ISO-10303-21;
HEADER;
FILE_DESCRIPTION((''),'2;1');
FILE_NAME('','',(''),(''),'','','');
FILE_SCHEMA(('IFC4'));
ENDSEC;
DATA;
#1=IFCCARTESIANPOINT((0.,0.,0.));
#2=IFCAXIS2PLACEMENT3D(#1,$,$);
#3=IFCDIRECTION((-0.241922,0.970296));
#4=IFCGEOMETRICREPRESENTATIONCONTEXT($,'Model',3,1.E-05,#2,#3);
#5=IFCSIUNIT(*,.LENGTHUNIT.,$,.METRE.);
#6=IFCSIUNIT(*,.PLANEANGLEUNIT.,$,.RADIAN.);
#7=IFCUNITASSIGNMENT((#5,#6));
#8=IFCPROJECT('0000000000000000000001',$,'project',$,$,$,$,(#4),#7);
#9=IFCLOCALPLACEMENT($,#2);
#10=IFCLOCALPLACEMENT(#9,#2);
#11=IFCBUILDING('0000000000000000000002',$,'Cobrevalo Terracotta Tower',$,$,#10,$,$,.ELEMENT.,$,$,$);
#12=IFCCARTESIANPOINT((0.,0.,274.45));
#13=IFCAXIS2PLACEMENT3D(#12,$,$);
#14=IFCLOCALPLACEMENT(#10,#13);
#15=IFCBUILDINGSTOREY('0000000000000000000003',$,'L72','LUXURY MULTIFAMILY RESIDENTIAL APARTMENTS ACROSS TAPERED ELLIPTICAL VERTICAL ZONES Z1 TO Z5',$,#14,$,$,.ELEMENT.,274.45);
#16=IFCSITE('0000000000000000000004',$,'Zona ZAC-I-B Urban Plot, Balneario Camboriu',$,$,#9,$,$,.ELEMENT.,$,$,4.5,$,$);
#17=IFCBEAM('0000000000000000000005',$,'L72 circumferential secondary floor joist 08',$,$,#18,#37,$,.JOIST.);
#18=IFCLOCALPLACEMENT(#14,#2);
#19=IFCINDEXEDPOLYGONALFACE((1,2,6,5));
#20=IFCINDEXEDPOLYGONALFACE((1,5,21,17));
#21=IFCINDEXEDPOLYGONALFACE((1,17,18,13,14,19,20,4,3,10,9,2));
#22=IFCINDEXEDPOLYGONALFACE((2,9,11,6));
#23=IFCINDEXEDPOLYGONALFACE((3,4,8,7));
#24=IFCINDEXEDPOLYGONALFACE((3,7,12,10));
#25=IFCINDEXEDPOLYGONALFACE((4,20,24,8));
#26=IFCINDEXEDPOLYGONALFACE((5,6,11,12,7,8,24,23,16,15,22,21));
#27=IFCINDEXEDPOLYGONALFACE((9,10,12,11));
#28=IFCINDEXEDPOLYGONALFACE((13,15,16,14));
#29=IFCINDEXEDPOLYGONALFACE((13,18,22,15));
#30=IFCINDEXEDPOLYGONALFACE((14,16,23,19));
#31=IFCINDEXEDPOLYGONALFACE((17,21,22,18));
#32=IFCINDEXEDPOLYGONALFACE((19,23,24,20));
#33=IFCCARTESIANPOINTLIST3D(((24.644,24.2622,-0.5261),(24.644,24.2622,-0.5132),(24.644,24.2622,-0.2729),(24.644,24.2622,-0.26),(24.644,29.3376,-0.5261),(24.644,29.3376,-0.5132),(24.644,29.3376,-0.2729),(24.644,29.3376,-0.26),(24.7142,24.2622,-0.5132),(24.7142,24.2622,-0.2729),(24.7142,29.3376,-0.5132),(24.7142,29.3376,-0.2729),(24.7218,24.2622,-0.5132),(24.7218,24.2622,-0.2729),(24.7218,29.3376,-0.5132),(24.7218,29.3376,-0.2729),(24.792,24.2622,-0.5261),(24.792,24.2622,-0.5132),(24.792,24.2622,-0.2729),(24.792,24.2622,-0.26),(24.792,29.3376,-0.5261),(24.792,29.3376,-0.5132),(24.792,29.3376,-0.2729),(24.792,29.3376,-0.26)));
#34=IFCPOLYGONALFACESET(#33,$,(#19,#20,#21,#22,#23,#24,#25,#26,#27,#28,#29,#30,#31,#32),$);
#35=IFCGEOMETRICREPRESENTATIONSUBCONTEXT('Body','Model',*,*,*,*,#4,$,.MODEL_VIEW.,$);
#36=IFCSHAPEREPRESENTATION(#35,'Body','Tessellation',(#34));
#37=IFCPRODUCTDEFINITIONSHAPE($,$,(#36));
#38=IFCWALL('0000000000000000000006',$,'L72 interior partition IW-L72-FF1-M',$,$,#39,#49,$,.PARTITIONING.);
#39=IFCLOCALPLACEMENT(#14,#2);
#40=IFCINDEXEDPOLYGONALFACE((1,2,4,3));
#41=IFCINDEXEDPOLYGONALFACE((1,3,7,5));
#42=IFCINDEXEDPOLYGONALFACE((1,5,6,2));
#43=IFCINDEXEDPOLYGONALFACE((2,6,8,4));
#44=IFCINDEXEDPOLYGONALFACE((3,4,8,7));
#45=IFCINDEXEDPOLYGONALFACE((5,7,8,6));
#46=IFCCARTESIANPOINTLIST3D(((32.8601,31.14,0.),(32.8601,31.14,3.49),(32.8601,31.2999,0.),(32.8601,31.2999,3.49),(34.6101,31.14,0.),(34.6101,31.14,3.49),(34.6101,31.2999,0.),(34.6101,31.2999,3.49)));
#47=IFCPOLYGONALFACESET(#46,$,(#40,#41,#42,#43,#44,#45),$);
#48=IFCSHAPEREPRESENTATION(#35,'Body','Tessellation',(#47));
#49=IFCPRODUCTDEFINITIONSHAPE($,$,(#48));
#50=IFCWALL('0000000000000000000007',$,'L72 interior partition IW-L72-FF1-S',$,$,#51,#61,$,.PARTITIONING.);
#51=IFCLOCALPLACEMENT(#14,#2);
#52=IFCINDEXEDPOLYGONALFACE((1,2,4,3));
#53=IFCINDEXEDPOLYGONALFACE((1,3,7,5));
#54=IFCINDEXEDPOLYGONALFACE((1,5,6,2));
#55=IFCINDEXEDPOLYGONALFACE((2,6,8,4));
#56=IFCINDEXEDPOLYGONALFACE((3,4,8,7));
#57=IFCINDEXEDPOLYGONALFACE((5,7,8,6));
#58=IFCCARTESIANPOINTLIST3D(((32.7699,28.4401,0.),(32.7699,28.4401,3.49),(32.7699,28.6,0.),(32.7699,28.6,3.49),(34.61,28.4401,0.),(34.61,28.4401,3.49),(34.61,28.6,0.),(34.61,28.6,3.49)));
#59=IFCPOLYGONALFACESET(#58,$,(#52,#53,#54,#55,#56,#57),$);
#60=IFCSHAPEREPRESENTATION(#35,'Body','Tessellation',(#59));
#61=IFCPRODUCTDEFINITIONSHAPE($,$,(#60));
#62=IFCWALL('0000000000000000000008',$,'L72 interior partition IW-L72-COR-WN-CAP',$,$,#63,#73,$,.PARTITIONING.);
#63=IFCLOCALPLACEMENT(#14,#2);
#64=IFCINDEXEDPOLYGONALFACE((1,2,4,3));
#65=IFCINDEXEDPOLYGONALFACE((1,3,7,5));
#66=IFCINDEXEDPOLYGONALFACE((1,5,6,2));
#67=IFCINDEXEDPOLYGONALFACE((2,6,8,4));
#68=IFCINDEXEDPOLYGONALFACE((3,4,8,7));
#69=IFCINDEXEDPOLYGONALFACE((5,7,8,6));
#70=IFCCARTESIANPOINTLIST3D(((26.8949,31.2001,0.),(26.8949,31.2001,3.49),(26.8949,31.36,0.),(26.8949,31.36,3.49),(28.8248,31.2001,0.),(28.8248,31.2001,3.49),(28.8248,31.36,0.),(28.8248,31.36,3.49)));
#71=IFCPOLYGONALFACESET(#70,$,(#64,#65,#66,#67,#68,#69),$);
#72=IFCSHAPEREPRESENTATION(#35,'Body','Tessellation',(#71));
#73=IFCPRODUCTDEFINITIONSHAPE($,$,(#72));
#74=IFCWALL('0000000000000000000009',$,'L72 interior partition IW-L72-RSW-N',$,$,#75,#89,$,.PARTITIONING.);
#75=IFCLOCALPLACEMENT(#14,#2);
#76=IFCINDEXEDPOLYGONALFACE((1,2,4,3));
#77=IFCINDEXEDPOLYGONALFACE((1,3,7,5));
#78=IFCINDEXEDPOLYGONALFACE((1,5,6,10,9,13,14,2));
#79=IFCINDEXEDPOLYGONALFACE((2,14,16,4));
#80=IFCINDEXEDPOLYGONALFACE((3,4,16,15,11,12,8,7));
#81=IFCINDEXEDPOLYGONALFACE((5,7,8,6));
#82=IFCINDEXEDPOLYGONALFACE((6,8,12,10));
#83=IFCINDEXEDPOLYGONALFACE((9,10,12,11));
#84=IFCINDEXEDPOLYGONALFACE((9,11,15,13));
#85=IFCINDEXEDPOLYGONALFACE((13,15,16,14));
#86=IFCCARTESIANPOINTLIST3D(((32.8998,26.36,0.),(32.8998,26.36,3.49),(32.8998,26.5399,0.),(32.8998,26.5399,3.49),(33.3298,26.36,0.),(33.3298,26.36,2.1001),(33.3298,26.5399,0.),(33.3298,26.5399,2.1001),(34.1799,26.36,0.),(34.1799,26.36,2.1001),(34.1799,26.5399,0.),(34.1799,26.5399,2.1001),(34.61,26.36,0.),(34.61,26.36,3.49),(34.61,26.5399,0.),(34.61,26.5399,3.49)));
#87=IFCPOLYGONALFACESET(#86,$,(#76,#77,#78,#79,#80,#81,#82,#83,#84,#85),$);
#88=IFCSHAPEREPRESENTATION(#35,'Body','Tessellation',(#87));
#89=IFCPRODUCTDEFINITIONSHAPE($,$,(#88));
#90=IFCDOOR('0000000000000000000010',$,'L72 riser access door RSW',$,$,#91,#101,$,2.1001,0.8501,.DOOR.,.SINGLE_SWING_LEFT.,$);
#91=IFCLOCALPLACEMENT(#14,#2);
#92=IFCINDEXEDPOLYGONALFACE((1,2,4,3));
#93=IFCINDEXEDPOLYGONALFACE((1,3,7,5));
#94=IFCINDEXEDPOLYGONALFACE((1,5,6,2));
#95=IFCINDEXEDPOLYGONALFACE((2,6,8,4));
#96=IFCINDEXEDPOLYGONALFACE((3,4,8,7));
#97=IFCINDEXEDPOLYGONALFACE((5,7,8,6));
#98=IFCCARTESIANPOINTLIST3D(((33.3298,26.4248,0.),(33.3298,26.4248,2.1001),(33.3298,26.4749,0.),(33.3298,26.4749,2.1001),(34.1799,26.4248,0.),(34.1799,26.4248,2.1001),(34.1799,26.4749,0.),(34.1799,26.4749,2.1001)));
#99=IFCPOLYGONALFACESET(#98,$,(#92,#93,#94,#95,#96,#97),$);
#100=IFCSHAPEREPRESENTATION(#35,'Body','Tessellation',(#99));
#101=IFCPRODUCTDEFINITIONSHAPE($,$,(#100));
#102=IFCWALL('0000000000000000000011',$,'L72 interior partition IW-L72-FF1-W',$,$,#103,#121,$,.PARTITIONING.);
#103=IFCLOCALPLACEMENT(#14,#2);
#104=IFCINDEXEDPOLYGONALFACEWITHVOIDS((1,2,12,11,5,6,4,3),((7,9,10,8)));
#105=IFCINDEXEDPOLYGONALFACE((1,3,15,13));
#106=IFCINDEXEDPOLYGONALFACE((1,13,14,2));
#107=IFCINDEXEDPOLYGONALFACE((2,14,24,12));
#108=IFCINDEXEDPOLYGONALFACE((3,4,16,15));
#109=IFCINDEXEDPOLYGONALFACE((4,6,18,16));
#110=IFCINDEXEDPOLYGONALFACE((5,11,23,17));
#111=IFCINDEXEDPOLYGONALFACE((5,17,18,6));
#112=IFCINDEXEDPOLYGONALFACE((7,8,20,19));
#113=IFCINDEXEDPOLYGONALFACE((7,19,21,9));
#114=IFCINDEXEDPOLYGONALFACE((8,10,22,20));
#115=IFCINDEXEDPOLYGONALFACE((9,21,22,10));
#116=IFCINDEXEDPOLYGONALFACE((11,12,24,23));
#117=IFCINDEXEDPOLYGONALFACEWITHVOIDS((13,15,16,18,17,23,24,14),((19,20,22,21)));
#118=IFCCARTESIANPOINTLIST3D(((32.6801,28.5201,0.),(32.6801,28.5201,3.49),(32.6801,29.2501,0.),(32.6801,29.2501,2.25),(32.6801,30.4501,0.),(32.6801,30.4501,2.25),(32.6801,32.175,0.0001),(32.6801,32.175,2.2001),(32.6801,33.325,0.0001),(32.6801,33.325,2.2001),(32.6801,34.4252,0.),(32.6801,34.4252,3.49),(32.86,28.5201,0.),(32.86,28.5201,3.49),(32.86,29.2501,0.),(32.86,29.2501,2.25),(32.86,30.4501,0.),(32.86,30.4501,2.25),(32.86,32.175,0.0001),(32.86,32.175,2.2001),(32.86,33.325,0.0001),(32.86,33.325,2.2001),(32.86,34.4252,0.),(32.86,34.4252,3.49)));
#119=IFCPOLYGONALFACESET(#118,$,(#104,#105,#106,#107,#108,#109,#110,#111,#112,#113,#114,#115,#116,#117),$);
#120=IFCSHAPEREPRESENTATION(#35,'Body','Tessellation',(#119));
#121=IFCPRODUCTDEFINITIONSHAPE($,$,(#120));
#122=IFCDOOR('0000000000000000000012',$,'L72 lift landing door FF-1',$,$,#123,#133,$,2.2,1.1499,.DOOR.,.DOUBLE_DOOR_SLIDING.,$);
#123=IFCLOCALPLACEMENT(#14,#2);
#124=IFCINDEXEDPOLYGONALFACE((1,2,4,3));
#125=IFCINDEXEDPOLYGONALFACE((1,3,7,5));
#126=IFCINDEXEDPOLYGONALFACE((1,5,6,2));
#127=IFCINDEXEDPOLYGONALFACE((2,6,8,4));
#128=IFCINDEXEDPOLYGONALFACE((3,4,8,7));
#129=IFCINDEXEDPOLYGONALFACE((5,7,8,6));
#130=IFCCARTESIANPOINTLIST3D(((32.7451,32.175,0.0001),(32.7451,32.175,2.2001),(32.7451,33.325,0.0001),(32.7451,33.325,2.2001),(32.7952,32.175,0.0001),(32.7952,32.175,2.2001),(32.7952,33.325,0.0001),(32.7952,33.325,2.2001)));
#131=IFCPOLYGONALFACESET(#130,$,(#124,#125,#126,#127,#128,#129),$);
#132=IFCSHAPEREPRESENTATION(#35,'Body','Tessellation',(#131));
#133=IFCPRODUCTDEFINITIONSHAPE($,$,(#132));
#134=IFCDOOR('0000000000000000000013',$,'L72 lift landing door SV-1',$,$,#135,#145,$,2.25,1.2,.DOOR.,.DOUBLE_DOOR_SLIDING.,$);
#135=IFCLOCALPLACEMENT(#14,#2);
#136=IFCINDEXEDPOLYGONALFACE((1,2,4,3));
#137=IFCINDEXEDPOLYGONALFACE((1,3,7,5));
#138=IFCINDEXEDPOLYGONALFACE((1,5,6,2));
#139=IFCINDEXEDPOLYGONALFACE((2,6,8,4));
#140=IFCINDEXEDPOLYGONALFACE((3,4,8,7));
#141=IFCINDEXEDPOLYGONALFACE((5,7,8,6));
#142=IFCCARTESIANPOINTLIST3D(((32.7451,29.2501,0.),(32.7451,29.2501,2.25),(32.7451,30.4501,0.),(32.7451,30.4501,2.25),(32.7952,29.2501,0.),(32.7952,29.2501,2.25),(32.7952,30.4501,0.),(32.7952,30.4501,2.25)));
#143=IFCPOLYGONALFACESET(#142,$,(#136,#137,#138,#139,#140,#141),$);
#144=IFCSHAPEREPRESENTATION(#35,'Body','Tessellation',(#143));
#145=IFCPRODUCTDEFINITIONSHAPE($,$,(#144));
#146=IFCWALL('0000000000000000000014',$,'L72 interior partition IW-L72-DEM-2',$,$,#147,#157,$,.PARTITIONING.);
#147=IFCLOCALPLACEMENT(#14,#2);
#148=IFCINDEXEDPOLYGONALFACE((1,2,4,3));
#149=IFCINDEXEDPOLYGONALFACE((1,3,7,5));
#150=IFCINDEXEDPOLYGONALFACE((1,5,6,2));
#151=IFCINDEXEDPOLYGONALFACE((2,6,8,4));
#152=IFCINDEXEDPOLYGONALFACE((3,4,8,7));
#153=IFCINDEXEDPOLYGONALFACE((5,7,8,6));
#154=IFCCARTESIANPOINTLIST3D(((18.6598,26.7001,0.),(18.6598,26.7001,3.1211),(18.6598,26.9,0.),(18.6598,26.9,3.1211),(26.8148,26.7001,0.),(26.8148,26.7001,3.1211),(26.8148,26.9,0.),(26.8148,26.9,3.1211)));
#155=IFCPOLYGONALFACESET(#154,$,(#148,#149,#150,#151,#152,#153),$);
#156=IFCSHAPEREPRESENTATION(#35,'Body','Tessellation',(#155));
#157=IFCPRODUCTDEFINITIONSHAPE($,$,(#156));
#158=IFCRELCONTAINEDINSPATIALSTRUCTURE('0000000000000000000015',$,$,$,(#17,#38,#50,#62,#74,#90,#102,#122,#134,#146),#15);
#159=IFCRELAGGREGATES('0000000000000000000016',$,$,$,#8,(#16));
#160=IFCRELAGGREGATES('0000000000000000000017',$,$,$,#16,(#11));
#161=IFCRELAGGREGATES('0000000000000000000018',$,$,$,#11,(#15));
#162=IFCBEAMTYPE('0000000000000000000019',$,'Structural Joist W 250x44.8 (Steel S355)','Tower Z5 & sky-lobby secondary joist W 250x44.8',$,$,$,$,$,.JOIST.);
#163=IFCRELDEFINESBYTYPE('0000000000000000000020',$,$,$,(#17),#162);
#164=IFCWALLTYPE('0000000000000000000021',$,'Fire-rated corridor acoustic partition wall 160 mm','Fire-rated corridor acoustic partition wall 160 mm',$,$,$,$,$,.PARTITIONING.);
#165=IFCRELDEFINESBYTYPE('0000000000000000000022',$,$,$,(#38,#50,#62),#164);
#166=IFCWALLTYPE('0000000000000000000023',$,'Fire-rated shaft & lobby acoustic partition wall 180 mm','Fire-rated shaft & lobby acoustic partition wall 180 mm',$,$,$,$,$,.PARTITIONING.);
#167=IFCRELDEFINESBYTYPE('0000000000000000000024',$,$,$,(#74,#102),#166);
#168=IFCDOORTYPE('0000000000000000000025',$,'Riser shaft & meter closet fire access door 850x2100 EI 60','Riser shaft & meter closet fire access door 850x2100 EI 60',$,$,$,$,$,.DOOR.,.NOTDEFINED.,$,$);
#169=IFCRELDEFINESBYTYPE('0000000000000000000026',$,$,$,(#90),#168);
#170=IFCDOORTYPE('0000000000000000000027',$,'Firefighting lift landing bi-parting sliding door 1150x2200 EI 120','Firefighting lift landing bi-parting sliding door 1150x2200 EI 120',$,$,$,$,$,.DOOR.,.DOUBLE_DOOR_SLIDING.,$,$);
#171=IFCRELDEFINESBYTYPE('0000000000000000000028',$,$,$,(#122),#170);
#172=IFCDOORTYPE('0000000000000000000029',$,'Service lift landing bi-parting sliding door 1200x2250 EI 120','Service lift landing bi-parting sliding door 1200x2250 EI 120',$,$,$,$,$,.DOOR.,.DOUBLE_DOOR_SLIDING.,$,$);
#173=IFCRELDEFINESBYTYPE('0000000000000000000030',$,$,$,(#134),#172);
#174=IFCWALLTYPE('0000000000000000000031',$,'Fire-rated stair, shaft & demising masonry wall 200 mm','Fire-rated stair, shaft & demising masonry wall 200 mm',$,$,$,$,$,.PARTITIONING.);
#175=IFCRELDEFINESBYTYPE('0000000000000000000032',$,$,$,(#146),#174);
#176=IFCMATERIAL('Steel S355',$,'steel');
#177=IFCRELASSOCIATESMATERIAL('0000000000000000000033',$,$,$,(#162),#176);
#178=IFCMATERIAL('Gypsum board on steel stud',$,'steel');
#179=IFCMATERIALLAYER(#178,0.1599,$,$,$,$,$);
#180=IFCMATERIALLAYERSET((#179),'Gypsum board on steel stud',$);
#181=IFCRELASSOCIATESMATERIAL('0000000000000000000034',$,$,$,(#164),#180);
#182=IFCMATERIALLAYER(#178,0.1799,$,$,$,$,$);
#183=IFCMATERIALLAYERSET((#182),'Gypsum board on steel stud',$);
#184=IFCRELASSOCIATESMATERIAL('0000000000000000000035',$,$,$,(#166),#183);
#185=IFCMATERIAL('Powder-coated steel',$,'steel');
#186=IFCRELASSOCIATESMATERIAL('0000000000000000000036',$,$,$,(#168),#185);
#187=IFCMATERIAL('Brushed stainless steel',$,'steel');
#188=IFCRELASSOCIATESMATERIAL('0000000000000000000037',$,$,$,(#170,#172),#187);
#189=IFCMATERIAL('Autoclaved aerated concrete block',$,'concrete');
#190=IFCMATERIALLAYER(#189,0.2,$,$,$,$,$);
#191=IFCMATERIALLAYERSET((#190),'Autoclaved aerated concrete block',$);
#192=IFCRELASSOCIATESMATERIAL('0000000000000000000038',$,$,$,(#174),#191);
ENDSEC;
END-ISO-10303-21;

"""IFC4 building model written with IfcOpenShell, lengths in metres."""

from ifc_helpers import new_model, si_unit, direction, frame, frame_2d, origin, origin_2d, place, context, subcontext, project, spatial, rectangle, i_section, extrude, source, transform, mapped, material, layer, layer_set, material_profile, profile_set, type_object, element, fill, save


model = new_model("IFC4")

# Units and contexts
model_context = context("Model", 3, precision=1e-05, world=origin(), true_north=direction((-0.241922, 0.970296)))
body_context = subcontext(model_context, "Body", "Model", "MODEL_VIEW")
ifc_project = project(units=[si_unit("LENGTHUNIT", "METRE"), si_unit("PLANEANGLEUNIT", "RADIAN")], contexts=[model_context])

# Site, building, storey
site_placement = place(None, origin())
site = spatial("IfcSite", under=ifc_project, at=site_placement, Name="Zona ZAC-I-B Urban Plot, Balneario Camboriu", CompositionType="ELEMENT", RefElevation=4.5)
building_placement = place(site_placement, origin())
building = spatial("IfcBuilding", under=site, at=building_placement, Name="Cobrevalo Terracotta Tower", CompositionType="ELEMENT")
storey_placement = place(building_placement, frame((0.0, 0.0, 274.45)))
storey = spatial("IfcBuildingStorey", under=building, at=storey_placement, Name="L72", Description="LUXURY MULTIFAMILY RESIDENTIAL APARTMENTS ACROSS TAPERED ELLIPTICAL VERTICAL ZONES Z1 TO Z5", CompositionType="ELEMENT", Elevation=274.45)

# Beam
ifc_material_1 = material(Name="Steel S355", Category="steel")
ifc_material_profile = material_profile(ifc_material_1, i_section(OverallWidth=0.1479, OverallDepth=0.2661, WebThickness=0.0076, FlangeThickness=0.0129, at=origin_2d()), Name="W 250x44.8")
ifc_profile_set = profile_set([ifc_material_profile], Name="Steel S355")
beam_type = type_object("IfcBeamType", Name="Structural Joist W 250x44.8 (Steel S355)", Description="Tower Z5 & sky-lobby secondary joist W 250x44.8", PredefinedType="JOIST", material=ifc_profile_set)
beam_placement = place(storey_placement, frame((24.718, 29.3376, -0.3931), z_axis=(0.0, -1.0, 0.0), x_axis=(1.0, 0.0, 0.0)))
element("IfcBeam", 1, at=beam_placement, inside=storey, type_object=beam_type, Name="L72 circumferential secondary floor joist 08", PredefinedType="JOIST", context=body_context, shape_type="SweptSolid", body=[
    extrude(i_section(OverallWidth=0.1479, OverallDepth=0.2661, WebThickness=0.0076, FlangeThickness=0.0129, at=origin_2d()), origin(), (0.0, 0.0, 1.0), 5.0754),
])

# Walls
ifc_material_2 = material(Name="Gypsum board on steel stud", Category="steel")
ifc_layer_1 = layer(ifc_material_2, 0.1599)
ifc_layer_set_1 = layer_set([ifc_layer_1], Name="Gypsum board on steel stud")
wall_type_1 = type_object("IfcWallType", Name="Fire-rated corridor acoustic partition wall 160 mm", Description="Fire-rated corridor acoustic partition wall 160 mm", PredefinedType="PARTITIONING", material=ifc_layer_set_1)
wall_1_placement = place(storey_placement, frame((32.8601, 31.22, 0.0), z_axis=(0.0, 0.0, 1.0), x_axis=(1.0, 0.0, 0.0)))
element("IfcWall", 2, at=wall_1_placement, inside=storey, type_object=wall_type_1, Name="L72 interior partition IW-L72-FF1-M", PredefinedType="PARTITIONING", context=body_context, shape_type="SweptSolid", body=[
    extrude(rectangle(XDim=1.75, YDim=0.1599, at=frame_2d((0.875, 0.0))), origin(), (0.0, 0.0, 1.0), 3.49),
])
wall_2_placement = place(storey_placement, frame((32.77, 28.52, 0.0), z_axis=(0.0, 0.0, 1.0), x_axis=(1.0, 0.0, 0.0)))
element("IfcWall", 3, at=wall_2_placement, inside=storey, type_object=wall_type_1, Name="L72 interior partition IW-L72-FF1-S", PredefinedType="PARTITIONING", context=body_context, shape_type="SweptSolid", body=[
    extrude(rectangle(XDim=1.8401, YDim=0.1599, at=frame_2d((0.9199, 0.0))), origin(), (0.0, 0.0, 1.0), 3.49),
])
wall_3_placement = place(storey_placement, frame((26.895, 31.28, 0.0), z_axis=(0.0, 0.0, 1.0), x_axis=(1.0, 0.0, 0.0)))
element("IfcWall", 4, at=wall_3_placement, inside=storey, type_object=wall_type_1, Name="L72 interior partition IW-L72-COR-WN-CAP", PredefinedType="PARTITIONING", context=body_context, shape_type="SweptSolid", body=[
    extrude(rectangle(XDim=1.9299, YDim=0.1599, at=frame_2d((0.9648, 0.0))), origin(), (0.0, 0.0, 1.0), 3.49),
])

# Wall, opening, door
ifc_layer_2 = layer(ifc_material_2, 0.1799)
ifc_layer_set_2 = layer_set([ifc_layer_2], Name="Gypsum board on steel stud")
wall_type_2 = type_object("IfcWallType", Name="Fire-rated shaft & lobby acoustic partition wall 180 mm", Description="Fire-rated shaft & lobby acoustic partition wall 180 mm", PredefinedType="PARTITIONING", material=ifc_layer_set_2)
wall_4_placement = place(storey_placement, frame((32.8999, 26.45, 0.0), z_axis=(0.0, 0.0, 1.0), x_axis=(1.0, 0.0, 0.0)))
wall_4 = element("IfcWall", 5, at=wall_4_placement, inside=storey, type_object=wall_type_2, Name="L72 interior partition IW-L72-RSW-N", PredefinedType="PARTITIONING", context=body_context, shape_type="SweptSolid", body=[
    extrude(rectangle(XDim=1.7102, YDim=0.1799, at=frame_2d((0.855, 0.0))), origin(), (0.0, 0.0, 1.0), 3.49),
])
opening_1_placement = place(wall_4_placement, frame((0.4299, 0.0, 0.0)))
opening_1 = element("IfcOpeningElement", 6, at=opening_1_placement, cuts=wall_4, PredefinedType="OPENING", context=body_context, shape_type="SweptSolid", body=[
    extrude(rectangle(XDim=0.8501, YDim=2.1001, at=frame_2d((0.425, 1.05))), frame((0.0, 0.1001, 0.0), z_axis=(0.0, -1.0, 0.0), x_axis=(1.0, 0.0, 0.0)), (0.0, 0.0, 1.0), 0.2),
])
ifc_material_3 = material(Name="Powder-coated steel", Category="steel")
door_type_1 = type_object("IfcDoorType", Name="Riser shaft & meter closet fire access door 850x2100 EI 60", Description="Riser shaft & meter closet fire access door 850x2100 EI 60", OperationType="NOTDEFINED", PredefinedType="DOOR", material=ifc_material_3)
shared_shape_1 = source(origin(), body_context, "Body", "SweptSolid", [
    extrude(rectangle(XDim=0.8501, YDim=2.1001, at=frame_2d((0.425, 1.05))), frame((0.0, 0.0249, 0.0), z_axis=(0.0, -1.0, 0.0), x_axis=(1.0, 0.0, 0.0)), (0.0, 0.0, 1.0), 0.05),
])
door_1_placement = place(opening_1_placement, origin())
door_1 = element("IfcDoor", 7, at=door_1_placement, inside=storey, type_object=door_type_1, Name="L72 riser access door RSW", OperationType="SINGLE_SWING_LEFT", OverallHeight=2.1001, OverallWidth=0.8501, PredefinedType="DOOR", context=body_context, shape_type="MappedRepresentation", body=[
    mapped(shared_shape_1, transform((0.0, 0.0, 0.0), scale=1.0)),
])
fill(opening_1, door_1)

# Wall, openings, doors
wall_5_placement = place(storey_placement, frame((32.77, 28.52, 0.0), z_axis=(0.0, 0.0, 1.0), x_axis=(0.0, 1.0, 0.0)))
wall_5 = element("IfcWall", 8, at=wall_5_placement, inside=storey, type_object=wall_type_2, Name="L72 interior partition IW-L72-FF1-W", PredefinedType="PARTITIONING", context=body_context, shape_type="SweptSolid", body=[
    extrude(rectangle(XDim=5.905, YDim=0.1799, at=frame_2d((2.9526, 0.0))), origin(), (0.0, 0.0, 1.0), 3.49),
])
opening_2_placement = place(wall_5_placement, frame((3.655, 0.0, 0.0)))
opening_2 = element("IfcOpeningElement", 9, at=opening_2_placement, cuts=wall_5, PredefinedType="OPENING", context=body_context, shape_type="SweptSolid", body=[
    extrude(rectangle(XDim=1.1499, YDim=2.2, at=frame_2d((0.575, 1.1001))), frame((0.0, 0.1001, 0.0), z_axis=(0.0, -1.0, 0.0), x_axis=(1.0, 0.0, 0.0)), (0.0, 0.0, 1.0), 0.2),
])
opening_3_placement = place(wall_5_placement, frame((0.73, 0.0, 0.0)))
opening_3 = element("IfcOpeningElement", 10, at=opening_3_placement, cuts=wall_5, PredefinedType="OPENING", context=body_context, shape_type="SweptSolid", body=[
    extrude(rectangle(XDim=1.2, YDim=2.25, at=frame_2d((0.6001, 1.125))), frame((0.0, 0.1001, 0.0), z_axis=(0.0, -1.0, 0.0), x_axis=(1.0, 0.0, 0.0)), (0.0, 0.0, 1.0), 0.2),
])
ifc_material_4 = material(Name="Brushed stainless steel", Category="steel")
door_type_2 = type_object("IfcDoorType", Name="Firefighting lift landing bi-parting sliding door 1150x2200 EI 120", Description="Firefighting lift landing bi-parting sliding door 1150x2200 EI 120", OperationType="DOUBLE_DOOR_SLIDING", PredefinedType="DOOR", material=ifc_material_4)
shared_shape_2 = source(origin(), body_context, "Body", "SweptSolid", [
    extrude(rectangle(XDim=1.1499, YDim=2.2, at=frame_2d((0.575, 1.1001))), frame((0.0, 0.0249, 0.0), z_axis=(0.0, -1.0, 0.0), x_axis=(1.0, 0.0, 0.0)), (0.0, 0.0, 1.0), 0.05),
])
door_2_placement = place(opening_2_placement, origin())
door_2 = element("IfcDoor", 11, at=door_2_placement, inside=storey, type_object=door_type_2, Name="L72 lift landing door FF-1", OperationType="DOUBLE_DOOR_SLIDING", OverallHeight=2.2, OverallWidth=1.1499, PredefinedType="DOOR", context=body_context, shape_type="MappedRepresentation", body=[
    mapped(shared_shape_2, transform((0.0, 0.0, 0.0), scale=1.0)),
])
fill(opening_2, door_2)
door_type_3 = type_object("IfcDoorType", Name="Service lift landing bi-parting sliding door 1200x2250 EI 120", Description="Service lift landing bi-parting sliding door 1200x2250 EI 120", OperationType="DOUBLE_DOOR_SLIDING", PredefinedType="DOOR", material=ifc_material_4)
shared_shape_3 = source(origin(), body_context, "Body", "SweptSolid", [
    extrude(rectangle(XDim=1.2, YDim=2.25, at=frame_2d((0.6001, 1.125))), frame((0.0, 0.0249, 0.0), z_axis=(0.0, -1.0, 0.0), x_axis=(1.0, 0.0, 0.0)), (0.0, 0.0, 1.0), 0.05),
])
door_3_placement = place(opening_3_placement, origin())
door_3 = element("IfcDoor", 12, at=door_3_placement, inside=storey, type_object=door_type_3, Name="L72 lift landing door SV-1", OperationType="DOUBLE_DOOR_SLIDING", OverallHeight=2.25, OverallWidth=1.2, PredefinedType="DOOR", context=body_context, shape_type="MappedRepresentation", body=[
    mapped(shared_shape_3, transform((0.0, 0.0, 0.0), scale=1.0)),
])
fill(opening_3, door_3)

# Wall
ifc_material_5 = material(Name="Autoclaved aerated concrete block", Category="concrete")
ifc_layer_3 = layer(ifc_material_5, 0.2)
ifc_layer_set_3 = layer_set([ifc_layer_3], Name="Autoclaved aerated concrete block")
wall_type_3 = type_object("IfcWallType", Name="Fire-rated stair, shaft & demising masonry wall 200 mm", Description="Fire-rated stair, shaft & demising masonry wall 200 mm", PredefinedType="PARTITIONING", material=ifc_layer_set_3)
wall_6_placement = place(storey_placement, frame((26.8149, 26.8, 0.0), z_axis=(0.0, 0.0, 1.0), x_axis=(-1.0, 0.0, 0.0)))
element("IfcWall", 13, at=wall_6_placement, inside=storey, type_object=wall_type_3, Name="L72 interior partition IW-L72-DEM-2", PredefinedType="PARTITIONING", context=body_context, shape_type="SweptSolid", body=[
    extrude(rectangle(XDim=8.155, YDim=0.2, at=frame_2d((4.0776, 0.0))), origin(), (0.0, 0.0, 1.0), 3.1211),
])

save(model, "model.ifc")
